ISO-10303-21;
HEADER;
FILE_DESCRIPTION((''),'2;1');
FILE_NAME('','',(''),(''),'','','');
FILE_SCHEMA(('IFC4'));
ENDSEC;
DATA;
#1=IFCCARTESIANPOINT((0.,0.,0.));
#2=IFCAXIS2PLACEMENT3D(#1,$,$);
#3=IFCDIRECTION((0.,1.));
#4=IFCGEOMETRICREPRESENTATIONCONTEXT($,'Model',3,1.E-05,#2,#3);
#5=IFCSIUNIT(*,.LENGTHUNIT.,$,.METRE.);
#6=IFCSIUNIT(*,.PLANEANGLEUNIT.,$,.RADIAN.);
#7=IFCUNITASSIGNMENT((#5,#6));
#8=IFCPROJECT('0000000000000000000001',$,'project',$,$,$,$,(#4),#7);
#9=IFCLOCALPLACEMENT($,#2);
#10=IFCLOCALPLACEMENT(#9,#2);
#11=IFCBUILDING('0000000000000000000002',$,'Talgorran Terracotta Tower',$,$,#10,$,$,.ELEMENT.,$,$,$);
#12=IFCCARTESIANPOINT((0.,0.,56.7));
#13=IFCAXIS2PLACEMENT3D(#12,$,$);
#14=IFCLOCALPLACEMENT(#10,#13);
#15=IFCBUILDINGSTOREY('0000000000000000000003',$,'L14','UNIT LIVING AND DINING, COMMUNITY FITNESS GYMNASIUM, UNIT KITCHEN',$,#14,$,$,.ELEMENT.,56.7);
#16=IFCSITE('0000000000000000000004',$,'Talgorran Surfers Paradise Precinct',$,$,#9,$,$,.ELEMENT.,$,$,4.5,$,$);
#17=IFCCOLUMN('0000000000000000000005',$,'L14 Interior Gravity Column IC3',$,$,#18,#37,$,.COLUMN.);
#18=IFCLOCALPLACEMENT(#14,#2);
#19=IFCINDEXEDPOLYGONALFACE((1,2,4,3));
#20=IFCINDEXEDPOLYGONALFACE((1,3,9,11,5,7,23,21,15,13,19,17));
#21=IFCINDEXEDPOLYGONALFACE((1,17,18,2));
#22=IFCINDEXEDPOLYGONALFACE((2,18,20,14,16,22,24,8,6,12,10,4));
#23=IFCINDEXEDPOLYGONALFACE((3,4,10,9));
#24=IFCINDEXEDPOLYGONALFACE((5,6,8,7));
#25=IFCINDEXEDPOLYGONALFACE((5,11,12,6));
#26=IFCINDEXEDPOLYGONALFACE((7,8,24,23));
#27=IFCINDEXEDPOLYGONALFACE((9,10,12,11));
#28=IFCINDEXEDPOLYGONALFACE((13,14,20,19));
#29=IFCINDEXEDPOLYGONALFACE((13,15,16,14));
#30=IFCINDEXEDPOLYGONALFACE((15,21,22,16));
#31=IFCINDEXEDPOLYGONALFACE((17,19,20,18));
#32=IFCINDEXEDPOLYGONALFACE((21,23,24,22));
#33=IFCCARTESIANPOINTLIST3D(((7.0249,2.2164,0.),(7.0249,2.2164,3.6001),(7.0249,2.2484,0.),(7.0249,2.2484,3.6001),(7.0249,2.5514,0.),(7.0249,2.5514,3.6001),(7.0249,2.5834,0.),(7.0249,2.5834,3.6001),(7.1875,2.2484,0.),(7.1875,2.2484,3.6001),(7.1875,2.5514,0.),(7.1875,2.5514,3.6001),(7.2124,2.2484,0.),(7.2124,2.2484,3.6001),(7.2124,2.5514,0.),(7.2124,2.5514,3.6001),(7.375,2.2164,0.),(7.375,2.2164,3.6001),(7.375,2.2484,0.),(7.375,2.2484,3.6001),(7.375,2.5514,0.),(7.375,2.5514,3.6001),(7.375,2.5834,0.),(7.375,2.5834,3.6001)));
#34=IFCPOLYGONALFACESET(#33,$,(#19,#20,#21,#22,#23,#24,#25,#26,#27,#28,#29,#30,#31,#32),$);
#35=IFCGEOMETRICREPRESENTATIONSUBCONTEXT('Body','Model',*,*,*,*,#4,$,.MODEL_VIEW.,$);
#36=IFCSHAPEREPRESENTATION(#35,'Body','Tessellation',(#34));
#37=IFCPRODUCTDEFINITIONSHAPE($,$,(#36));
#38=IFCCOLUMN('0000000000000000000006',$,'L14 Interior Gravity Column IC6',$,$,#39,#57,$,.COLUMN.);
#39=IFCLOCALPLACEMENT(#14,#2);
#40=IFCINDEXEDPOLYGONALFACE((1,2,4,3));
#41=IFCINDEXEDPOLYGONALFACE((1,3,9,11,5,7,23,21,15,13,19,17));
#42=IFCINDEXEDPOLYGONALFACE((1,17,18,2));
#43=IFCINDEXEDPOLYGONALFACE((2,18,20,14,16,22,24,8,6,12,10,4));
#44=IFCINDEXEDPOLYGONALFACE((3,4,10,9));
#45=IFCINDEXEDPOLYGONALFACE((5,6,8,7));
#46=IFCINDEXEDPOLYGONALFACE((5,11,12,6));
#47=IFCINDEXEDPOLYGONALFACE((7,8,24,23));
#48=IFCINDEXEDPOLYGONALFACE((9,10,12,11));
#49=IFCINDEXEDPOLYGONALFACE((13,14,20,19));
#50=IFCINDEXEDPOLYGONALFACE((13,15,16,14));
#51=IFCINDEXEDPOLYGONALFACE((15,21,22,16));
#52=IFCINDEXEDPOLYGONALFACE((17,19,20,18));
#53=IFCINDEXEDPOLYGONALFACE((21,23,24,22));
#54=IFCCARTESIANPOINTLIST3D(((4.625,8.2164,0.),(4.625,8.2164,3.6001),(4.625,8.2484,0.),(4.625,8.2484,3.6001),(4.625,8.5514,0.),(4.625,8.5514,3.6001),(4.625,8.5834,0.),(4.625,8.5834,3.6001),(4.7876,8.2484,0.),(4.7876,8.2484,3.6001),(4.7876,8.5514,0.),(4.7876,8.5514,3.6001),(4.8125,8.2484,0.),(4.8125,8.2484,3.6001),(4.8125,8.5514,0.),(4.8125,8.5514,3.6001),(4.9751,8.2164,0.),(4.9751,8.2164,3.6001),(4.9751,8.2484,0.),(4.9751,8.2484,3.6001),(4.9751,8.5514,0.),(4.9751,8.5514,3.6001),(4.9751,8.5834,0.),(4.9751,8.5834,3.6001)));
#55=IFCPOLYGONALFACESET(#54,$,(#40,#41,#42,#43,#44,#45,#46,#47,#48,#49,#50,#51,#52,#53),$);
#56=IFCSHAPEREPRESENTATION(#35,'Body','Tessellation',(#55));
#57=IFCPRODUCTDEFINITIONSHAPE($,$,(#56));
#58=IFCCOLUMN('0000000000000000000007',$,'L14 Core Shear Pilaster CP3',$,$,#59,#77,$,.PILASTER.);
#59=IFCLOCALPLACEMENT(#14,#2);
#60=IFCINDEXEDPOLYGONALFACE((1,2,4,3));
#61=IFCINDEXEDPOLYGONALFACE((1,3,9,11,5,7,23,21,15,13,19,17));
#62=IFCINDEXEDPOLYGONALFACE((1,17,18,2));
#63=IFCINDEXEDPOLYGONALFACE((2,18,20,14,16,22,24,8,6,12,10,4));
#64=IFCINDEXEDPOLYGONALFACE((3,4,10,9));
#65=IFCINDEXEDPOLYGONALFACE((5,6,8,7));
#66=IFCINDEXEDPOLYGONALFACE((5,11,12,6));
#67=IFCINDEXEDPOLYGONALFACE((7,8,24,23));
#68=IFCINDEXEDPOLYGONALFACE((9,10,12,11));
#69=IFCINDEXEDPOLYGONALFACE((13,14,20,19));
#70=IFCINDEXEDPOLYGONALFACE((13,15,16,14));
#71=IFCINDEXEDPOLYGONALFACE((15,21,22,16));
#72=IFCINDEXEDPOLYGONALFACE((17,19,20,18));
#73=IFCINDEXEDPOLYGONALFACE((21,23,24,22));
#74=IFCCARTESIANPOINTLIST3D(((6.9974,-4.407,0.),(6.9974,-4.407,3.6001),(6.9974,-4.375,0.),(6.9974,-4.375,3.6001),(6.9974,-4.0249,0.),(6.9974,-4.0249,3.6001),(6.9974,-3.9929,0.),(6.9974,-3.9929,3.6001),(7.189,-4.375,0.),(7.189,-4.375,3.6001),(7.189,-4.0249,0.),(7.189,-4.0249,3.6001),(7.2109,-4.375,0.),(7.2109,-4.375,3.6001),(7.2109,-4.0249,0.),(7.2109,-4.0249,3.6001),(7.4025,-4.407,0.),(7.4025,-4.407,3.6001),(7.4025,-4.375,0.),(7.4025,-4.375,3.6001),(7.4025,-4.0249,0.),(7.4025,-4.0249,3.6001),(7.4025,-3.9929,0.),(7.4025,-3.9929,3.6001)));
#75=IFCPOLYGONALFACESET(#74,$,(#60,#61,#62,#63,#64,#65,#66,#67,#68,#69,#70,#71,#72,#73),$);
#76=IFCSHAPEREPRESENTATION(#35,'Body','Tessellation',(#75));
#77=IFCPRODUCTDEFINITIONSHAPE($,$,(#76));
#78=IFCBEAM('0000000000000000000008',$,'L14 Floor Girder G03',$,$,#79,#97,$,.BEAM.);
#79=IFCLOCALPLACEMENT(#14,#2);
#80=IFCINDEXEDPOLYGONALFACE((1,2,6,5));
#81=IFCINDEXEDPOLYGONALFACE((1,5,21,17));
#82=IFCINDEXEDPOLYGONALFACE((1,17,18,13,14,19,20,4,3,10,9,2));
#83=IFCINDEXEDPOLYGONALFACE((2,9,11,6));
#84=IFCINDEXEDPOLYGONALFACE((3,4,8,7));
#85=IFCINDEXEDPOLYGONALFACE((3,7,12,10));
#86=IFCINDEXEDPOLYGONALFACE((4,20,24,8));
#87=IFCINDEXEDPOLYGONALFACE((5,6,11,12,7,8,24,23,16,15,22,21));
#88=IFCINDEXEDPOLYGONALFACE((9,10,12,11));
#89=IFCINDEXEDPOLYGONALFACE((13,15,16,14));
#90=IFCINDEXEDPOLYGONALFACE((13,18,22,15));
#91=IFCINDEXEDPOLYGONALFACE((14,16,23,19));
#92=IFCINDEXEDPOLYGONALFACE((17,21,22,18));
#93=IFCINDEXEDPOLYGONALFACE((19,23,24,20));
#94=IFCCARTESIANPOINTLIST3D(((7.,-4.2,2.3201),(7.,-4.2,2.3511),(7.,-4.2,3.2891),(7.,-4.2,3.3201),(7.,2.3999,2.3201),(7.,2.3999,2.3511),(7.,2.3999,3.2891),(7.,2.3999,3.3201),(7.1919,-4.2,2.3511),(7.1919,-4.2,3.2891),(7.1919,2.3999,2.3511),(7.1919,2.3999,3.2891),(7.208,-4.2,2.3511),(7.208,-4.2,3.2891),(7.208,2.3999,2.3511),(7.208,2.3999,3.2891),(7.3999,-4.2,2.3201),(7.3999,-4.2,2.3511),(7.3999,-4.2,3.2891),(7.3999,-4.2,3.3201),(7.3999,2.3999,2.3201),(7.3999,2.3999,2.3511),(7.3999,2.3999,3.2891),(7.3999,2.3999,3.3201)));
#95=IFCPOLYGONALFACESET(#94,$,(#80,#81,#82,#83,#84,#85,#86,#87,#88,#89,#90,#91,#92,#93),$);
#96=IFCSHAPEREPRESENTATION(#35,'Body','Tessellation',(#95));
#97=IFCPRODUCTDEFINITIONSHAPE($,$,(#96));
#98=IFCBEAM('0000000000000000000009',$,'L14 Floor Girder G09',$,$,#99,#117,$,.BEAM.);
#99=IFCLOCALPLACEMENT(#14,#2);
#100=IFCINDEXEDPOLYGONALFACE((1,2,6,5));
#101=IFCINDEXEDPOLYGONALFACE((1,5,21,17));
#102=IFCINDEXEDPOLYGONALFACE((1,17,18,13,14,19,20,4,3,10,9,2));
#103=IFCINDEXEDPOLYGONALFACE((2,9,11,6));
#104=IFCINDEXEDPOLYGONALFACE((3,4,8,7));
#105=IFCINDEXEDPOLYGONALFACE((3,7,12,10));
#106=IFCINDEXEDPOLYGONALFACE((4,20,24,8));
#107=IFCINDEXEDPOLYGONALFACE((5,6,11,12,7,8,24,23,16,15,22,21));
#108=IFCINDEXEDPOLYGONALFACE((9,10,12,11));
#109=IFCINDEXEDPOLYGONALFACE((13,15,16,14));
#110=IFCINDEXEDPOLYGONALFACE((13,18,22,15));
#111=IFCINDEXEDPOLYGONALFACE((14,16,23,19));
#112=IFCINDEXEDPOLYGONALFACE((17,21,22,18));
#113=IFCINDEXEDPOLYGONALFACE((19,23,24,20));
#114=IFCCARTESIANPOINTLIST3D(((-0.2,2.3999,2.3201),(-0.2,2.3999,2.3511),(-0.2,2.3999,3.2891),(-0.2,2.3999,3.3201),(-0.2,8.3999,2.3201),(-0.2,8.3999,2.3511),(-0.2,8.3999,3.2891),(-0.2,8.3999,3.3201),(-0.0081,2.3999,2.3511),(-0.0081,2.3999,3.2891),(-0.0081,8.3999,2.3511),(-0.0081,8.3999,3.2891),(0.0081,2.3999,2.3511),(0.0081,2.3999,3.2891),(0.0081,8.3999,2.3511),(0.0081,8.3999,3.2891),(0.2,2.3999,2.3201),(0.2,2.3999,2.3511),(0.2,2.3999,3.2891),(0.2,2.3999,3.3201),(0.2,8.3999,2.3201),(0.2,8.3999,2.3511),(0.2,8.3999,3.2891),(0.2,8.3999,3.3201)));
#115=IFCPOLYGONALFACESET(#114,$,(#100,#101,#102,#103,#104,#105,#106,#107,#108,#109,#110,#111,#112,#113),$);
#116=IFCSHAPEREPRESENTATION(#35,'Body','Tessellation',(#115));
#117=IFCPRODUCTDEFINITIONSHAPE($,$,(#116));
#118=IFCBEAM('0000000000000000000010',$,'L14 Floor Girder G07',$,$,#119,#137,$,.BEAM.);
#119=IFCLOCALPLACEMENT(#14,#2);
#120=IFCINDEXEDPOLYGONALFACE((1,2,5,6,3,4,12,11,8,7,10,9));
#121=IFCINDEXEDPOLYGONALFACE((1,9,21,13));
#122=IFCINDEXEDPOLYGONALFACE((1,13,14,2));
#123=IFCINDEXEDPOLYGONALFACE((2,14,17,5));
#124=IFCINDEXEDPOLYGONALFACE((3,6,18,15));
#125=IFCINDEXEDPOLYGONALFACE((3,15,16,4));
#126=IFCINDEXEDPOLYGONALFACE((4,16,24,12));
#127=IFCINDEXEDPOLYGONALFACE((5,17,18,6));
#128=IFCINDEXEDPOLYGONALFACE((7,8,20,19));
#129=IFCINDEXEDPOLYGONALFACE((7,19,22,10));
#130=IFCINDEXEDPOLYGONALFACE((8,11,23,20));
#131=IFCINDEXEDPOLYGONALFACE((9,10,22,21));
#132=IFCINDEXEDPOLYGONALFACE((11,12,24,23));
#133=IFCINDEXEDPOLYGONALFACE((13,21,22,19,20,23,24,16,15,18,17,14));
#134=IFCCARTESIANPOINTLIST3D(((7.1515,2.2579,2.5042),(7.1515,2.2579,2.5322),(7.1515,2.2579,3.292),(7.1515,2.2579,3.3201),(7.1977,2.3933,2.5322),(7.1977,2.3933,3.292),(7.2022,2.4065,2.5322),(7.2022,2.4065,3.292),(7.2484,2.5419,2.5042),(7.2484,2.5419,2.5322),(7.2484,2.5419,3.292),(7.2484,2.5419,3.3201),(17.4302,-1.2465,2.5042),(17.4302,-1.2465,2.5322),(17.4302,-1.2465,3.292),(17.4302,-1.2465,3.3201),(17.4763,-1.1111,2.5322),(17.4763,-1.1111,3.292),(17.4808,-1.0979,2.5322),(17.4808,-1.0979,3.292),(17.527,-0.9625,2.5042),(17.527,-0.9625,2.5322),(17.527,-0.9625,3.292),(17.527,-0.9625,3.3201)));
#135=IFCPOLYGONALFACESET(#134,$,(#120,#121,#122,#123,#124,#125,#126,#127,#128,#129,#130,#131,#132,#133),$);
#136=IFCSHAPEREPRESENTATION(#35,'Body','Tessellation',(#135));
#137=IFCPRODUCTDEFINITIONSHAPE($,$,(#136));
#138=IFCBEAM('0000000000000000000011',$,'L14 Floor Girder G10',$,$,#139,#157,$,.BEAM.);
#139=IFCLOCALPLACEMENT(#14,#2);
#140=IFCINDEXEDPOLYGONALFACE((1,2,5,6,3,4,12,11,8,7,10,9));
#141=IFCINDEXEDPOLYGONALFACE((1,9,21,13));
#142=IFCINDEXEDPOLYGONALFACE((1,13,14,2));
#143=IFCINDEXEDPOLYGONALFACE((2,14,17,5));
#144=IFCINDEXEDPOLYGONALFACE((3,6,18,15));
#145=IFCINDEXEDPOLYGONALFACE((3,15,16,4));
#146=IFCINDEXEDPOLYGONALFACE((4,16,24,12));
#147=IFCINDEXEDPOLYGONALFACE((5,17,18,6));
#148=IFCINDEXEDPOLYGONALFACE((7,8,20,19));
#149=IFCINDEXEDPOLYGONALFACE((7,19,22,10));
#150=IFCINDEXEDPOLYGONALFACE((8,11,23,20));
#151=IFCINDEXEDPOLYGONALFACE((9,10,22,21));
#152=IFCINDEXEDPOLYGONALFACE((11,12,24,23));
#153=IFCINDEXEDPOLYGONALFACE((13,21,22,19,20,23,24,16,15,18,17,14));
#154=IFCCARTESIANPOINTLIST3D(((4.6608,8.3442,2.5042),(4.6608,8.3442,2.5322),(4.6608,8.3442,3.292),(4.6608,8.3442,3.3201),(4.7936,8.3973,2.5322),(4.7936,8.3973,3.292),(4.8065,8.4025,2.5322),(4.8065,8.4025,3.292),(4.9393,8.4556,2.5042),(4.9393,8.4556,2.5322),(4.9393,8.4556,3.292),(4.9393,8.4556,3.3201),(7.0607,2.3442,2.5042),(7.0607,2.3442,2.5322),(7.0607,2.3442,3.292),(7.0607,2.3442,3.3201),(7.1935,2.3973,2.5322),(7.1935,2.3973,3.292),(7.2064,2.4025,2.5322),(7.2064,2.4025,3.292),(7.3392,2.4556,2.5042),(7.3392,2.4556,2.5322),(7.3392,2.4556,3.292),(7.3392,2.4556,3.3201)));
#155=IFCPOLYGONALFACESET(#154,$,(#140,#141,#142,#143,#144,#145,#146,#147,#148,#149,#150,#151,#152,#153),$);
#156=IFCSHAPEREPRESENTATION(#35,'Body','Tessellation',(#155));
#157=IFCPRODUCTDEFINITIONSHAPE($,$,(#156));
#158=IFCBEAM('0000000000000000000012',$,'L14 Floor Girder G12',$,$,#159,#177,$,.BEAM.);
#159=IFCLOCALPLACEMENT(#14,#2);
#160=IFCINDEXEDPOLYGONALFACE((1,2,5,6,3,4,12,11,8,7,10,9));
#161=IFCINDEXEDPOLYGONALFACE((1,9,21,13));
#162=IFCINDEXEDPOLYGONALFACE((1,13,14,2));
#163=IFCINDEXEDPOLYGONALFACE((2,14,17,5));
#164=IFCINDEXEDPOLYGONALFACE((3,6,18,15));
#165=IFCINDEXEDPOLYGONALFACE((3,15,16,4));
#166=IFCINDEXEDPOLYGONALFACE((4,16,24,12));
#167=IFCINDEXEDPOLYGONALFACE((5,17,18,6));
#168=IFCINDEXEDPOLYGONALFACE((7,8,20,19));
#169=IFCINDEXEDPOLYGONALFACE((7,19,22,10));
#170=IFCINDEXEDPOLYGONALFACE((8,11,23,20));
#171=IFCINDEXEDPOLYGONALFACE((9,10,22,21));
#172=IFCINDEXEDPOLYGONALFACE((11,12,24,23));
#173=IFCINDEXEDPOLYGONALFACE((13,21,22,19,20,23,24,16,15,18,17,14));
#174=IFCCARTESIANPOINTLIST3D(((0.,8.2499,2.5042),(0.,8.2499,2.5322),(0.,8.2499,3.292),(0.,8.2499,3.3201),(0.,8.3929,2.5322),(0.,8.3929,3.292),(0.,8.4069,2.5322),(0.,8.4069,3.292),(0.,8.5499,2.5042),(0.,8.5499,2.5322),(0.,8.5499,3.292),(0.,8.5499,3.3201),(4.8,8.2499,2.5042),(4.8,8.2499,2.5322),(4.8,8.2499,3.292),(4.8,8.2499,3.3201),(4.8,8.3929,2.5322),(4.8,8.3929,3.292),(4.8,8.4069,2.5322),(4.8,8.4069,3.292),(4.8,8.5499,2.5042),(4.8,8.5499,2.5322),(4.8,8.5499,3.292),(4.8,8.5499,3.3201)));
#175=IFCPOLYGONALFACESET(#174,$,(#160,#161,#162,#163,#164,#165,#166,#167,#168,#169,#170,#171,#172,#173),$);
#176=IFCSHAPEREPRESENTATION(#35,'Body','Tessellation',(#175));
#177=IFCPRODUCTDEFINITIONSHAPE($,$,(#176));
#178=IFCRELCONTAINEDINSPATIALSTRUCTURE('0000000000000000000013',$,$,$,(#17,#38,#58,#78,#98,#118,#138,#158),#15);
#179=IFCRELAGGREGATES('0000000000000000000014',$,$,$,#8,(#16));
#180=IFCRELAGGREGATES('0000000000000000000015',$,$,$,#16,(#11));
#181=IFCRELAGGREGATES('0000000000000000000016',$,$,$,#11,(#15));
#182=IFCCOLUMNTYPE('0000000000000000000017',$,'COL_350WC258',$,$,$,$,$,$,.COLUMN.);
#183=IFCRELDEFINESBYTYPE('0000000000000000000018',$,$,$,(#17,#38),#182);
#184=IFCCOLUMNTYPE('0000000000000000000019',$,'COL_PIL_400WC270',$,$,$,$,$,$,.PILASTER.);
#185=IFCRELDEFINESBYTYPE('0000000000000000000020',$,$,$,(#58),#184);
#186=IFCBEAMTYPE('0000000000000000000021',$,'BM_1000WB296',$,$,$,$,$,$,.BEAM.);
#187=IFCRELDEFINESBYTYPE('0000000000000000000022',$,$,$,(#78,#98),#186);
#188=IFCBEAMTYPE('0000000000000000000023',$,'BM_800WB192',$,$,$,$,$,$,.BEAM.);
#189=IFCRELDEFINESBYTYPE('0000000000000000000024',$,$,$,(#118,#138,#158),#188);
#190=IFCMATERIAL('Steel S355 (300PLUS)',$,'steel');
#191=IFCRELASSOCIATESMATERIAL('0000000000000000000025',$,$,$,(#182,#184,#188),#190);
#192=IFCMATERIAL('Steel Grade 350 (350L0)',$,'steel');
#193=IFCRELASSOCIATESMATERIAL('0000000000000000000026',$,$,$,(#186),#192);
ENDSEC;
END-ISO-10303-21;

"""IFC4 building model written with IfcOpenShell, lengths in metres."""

from ifc_helpers import new_model, si_unit, direction, frame, origin, origin_2d, place, context, subcontext, project, spatial, i_section, extrude, material, material_profile, profile_set, type_object, element, save


model = new_model("IFC4")

# Units and contexts
model_context = context("Model", 3, precision=1e-05, world=origin(), true_north=direction((0.0, 1.0)))
body_context = subcontext(model_context, "Body", "Model", "MODEL_VIEW")
ifc_project = project(units=[si_unit("LENGTHUNIT", "METRE"), si_unit("PLANEANGLEUNIT", "RADIAN")], contexts=[model_context])

# Site, building, storey
site_placement = place(None, origin())
site = spatial("IfcSite", under=ifc_project, at=site_placement, Name="Talgorran Surfers Paradise Precinct", CompositionType="ELEMENT", RefElevation=4.5)
building_placement = place(site_placement, origin())
building = spatial("IfcBuilding", under=site, at=building_placement, Name="Talgorran Terracotta Tower", CompositionType="ELEMENT")
storey_placement = place(building_placement, frame((0.0, 0.0, 56.7)))
storey = spatial("IfcBuildingStorey", under=building, at=storey_placement, Name="L14", Description="UNIT LIVING AND DINING, COMMUNITY FITNESS GYMNASIUM, UNIT KITCHEN", CompositionType="ELEMENT", Elevation=56.7)

# Columns
ifc_material_1 = material(Name="Steel S355 (300PLUS)", Category="steel")
ifc_material_profile_1 = material_profile(ifc_material_1, i_section(OverallWidth=0.3501, OverallDepth=0.3669, WebThickness=0.0249, FlangeThickness=0.032, at=origin_2d()), Name="350WC258")
ifc_profile_set_1 = profile_set([ifc_material_profile_1], Name="Steel S355 (300PLUS)")
column_type_1 = type_object("IfcColumnType", Name="COL_350WC258", PredefinedType="COLUMN", material=ifc_profile_set_1)
for number, where, z_axis, x_axis, name in (
    (1, (7.2, 2.3999, 0.0), (0.0, 0.0, 1.0), (1.0, 0.0, 0.0), "L14 Interior Gravity Column IC3"),
    (2, (4.8, 8.3999, 0.0), (0.0, 0.0, 1.0), (1.0, 0.0, 0.0), "L14 Interior Gravity Column IC6"),
):
    element("IfcColumn", number, at=place(storey_placement, frame(where, z_axis=z_axis, x_axis=x_axis)), inside=storey, type_object=column_type_1, Name=name, PredefinedType="COLUMN", context=body_context, shape_type="SweptSolid", body=[
        extrude(i_section(OverallWidth=0.3501, OverallDepth=0.3669, WebThickness=0.0249, FlangeThickness=0.032, at=origin_2d()), origin(), (0.0, 0.0, 1.0), 3.6001),
    ])
ifc_material_profile_2 = material_profile(ifc_material_1, i_section(OverallWidth=0.405, OverallDepth=0.4141, WebThickness=0.022, FlangeThickness=0.032, at=origin_2d()), Name="400WC270")
ifc_profile_set_2 = profile_set([ifc_material_profile_2], Name="Steel S355 (300PLUS)")
column_type_2 = type_object("IfcColumnType", Name="COL_PIL_400WC270", PredefinedType="PILASTER", material=ifc_profile_set_2)
column_placement = place(storey_placement, frame((7.2, -4.2, 0.0), z_axis=(0.0, 0.0, 1.0), x_axis=(1.0, 0.0, 0.0)))
element("IfcColumn", 3, at=column_placement, inside=storey, type_object=column_type_2, Name="L14 Core Shear Pilaster CP3", PredefinedType="PILASTER", context=body_context, shape_type="SweptSolid", body=[
    extrude(i_section(OverallWidth=0.405, OverallDepth=0.4141, WebThickness=0.022, FlangeThickness=0.032, at=origin_2d()), origin(), (0.0, 0.0, 1.0), 3.6001),
])

# Beams
ifc_material_2 = material(Name="Steel Grade 350 (350L0)", Category="steel")
ifc_material_profile_3 = material_profile(ifc_material_2, i_section(OverallWidth=0.3999, OverallDepth=1.0, WebThickness=0.0161, FlangeThickness=0.031, at=origin_2d()), Name="1000WB296")
ifc_profile_set_3 = profile_set([ifc_material_profile_3], Name="Steel Grade 350 (350L0)")
beam_type_1 = type_object("IfcBeamType", Name="BM_1000WB296", PredefinedType="BEAM", material=ifc_profile_set_3)
beam_1_placement = place(storey_placement, frame((7.2, -4.2, 2.8201), z_axis=(0.0, 1.0, 0.0), x_axis=(-1.0, 0.0, 0.0)))
element("IfcBeam", 4, at=beam_1_placement, inside=storey, type_object=beam_type_1, Name="L14 Floor Girder G03", PredefinedType="BEAM", context=body_context, shape_type="SweptSolid", body=[
    extrude(i_section(OverallWidth=0.3999, OverallDepth=1.0, WebThickness=0.0161, FlangeThickness=0.031, at=origin_2d()), origin(), (0.0, 0.0, 1.0), 6.5999),
])
beam_2_placement = place(storey_placement, frame((0.0, 2.3999, 2.8201), z_axis=(0.0, 1.0, 0.0), x_axis=(-1.0, 0.0, 0.0)))
element("IfcBeam", 5, at=beam_2_placement, inside=storey, type_object=beam_type_1, Name="L14 Floor Girder G09", PredefinedType="BEAM", context=body_context, shape_type="SweptSolid", body=[
    extrude(i_section(OverallWidth=0.3999, OverallDepth=1.0, WebThickness=0.0161, FlangeThickness=0.031, at=origin_2d()), origin(), (0.0, 0.0, 1.0), 6.0),
])
ifc_material_profile_4 = material_profile(ifc_material_1, i_section(OverallWidth=0.3, OverallDepth=0.8159, WebThickness=0.0139, FlangeThickness=0.0281, at=origin_2d()), Name="800WB192")
ifc_profile_set_4 = profile_set([ifc_material_profile_4], Name="Steel S355 (300PLUS)")
beam_type_2 = type_object("IfcBeamType", Name="BM_800WB192", PredefinedType="BEAM", material=ifc_profile_set_4)
beam_3_placement = place(storey_placement, frame((7.2, 2.3999, 2.9121), z_axis=(0.946501, -0.322702, 0.0), x_axis=(0.322702, 0.946501, 0.0)))
element("IfcBeam", 6, at=beam_3_placement, inside=storey, type_object=beam_type_2, Name="L14 Floor Girder G07", PredefinedType="BEAM", context=body_context, shape_type="SweptSolid", body=[
    extrude(i_section(OverallWidth=0.3, OverallDepth=0.8159, WebThickness=0.0139, FlangeThickness=0.0281, at=origin_2d()), origin(), (0.0, 0.0, 1.0), 10.8596),
])
beam_4_placement = place(storey_placement, frame((7.2, 2.3999, 2.9121), z_axis=(-0.371378, 0.928482, 0.0), x_axis=(-0.928482, -0.371378, 0.0)))
element("IfcBeam", 7, at=beam_4_placement, inside=storey, type_object=beam_type_2, Name="L14 Floor Girder G10", PredefinedType="BEAM", context=body_context, shape_type="SweptSolid", body=[
    extrude(i_section(OverallWidth=0.3, OverallDepth=0.8159, WebThickness=0.0139, FlangeThickness=0.0281, at=origin_2d()), origin(), (0.0, 0.0, 1.0), 6.4622),
])
beam_5_placement = place(storey_placement, frame((0.0, 8.3999, 2.9121), z_axis=(1.0, 0.0, 0.0), x_axis=(0.0, 1.0, 0.0)))
element("IfcBeam", 8, at=beam_5_placement, inside=storey, type_object=beam_type_2, Name="L14 Floor Girder G12", PredefinedType="BEAM", context=body_context, shape_type="SweptSolid", body=[
    extrude(i_section(OverallWidth=0.3, OverallDepth=0.8159, WebThickness=0.0139, FlangeThickness=0.0281, at=origin_2d()), origin(), (0.0, 0.0, 1.0), 4.8),
])

save(model, "model.ifc")
